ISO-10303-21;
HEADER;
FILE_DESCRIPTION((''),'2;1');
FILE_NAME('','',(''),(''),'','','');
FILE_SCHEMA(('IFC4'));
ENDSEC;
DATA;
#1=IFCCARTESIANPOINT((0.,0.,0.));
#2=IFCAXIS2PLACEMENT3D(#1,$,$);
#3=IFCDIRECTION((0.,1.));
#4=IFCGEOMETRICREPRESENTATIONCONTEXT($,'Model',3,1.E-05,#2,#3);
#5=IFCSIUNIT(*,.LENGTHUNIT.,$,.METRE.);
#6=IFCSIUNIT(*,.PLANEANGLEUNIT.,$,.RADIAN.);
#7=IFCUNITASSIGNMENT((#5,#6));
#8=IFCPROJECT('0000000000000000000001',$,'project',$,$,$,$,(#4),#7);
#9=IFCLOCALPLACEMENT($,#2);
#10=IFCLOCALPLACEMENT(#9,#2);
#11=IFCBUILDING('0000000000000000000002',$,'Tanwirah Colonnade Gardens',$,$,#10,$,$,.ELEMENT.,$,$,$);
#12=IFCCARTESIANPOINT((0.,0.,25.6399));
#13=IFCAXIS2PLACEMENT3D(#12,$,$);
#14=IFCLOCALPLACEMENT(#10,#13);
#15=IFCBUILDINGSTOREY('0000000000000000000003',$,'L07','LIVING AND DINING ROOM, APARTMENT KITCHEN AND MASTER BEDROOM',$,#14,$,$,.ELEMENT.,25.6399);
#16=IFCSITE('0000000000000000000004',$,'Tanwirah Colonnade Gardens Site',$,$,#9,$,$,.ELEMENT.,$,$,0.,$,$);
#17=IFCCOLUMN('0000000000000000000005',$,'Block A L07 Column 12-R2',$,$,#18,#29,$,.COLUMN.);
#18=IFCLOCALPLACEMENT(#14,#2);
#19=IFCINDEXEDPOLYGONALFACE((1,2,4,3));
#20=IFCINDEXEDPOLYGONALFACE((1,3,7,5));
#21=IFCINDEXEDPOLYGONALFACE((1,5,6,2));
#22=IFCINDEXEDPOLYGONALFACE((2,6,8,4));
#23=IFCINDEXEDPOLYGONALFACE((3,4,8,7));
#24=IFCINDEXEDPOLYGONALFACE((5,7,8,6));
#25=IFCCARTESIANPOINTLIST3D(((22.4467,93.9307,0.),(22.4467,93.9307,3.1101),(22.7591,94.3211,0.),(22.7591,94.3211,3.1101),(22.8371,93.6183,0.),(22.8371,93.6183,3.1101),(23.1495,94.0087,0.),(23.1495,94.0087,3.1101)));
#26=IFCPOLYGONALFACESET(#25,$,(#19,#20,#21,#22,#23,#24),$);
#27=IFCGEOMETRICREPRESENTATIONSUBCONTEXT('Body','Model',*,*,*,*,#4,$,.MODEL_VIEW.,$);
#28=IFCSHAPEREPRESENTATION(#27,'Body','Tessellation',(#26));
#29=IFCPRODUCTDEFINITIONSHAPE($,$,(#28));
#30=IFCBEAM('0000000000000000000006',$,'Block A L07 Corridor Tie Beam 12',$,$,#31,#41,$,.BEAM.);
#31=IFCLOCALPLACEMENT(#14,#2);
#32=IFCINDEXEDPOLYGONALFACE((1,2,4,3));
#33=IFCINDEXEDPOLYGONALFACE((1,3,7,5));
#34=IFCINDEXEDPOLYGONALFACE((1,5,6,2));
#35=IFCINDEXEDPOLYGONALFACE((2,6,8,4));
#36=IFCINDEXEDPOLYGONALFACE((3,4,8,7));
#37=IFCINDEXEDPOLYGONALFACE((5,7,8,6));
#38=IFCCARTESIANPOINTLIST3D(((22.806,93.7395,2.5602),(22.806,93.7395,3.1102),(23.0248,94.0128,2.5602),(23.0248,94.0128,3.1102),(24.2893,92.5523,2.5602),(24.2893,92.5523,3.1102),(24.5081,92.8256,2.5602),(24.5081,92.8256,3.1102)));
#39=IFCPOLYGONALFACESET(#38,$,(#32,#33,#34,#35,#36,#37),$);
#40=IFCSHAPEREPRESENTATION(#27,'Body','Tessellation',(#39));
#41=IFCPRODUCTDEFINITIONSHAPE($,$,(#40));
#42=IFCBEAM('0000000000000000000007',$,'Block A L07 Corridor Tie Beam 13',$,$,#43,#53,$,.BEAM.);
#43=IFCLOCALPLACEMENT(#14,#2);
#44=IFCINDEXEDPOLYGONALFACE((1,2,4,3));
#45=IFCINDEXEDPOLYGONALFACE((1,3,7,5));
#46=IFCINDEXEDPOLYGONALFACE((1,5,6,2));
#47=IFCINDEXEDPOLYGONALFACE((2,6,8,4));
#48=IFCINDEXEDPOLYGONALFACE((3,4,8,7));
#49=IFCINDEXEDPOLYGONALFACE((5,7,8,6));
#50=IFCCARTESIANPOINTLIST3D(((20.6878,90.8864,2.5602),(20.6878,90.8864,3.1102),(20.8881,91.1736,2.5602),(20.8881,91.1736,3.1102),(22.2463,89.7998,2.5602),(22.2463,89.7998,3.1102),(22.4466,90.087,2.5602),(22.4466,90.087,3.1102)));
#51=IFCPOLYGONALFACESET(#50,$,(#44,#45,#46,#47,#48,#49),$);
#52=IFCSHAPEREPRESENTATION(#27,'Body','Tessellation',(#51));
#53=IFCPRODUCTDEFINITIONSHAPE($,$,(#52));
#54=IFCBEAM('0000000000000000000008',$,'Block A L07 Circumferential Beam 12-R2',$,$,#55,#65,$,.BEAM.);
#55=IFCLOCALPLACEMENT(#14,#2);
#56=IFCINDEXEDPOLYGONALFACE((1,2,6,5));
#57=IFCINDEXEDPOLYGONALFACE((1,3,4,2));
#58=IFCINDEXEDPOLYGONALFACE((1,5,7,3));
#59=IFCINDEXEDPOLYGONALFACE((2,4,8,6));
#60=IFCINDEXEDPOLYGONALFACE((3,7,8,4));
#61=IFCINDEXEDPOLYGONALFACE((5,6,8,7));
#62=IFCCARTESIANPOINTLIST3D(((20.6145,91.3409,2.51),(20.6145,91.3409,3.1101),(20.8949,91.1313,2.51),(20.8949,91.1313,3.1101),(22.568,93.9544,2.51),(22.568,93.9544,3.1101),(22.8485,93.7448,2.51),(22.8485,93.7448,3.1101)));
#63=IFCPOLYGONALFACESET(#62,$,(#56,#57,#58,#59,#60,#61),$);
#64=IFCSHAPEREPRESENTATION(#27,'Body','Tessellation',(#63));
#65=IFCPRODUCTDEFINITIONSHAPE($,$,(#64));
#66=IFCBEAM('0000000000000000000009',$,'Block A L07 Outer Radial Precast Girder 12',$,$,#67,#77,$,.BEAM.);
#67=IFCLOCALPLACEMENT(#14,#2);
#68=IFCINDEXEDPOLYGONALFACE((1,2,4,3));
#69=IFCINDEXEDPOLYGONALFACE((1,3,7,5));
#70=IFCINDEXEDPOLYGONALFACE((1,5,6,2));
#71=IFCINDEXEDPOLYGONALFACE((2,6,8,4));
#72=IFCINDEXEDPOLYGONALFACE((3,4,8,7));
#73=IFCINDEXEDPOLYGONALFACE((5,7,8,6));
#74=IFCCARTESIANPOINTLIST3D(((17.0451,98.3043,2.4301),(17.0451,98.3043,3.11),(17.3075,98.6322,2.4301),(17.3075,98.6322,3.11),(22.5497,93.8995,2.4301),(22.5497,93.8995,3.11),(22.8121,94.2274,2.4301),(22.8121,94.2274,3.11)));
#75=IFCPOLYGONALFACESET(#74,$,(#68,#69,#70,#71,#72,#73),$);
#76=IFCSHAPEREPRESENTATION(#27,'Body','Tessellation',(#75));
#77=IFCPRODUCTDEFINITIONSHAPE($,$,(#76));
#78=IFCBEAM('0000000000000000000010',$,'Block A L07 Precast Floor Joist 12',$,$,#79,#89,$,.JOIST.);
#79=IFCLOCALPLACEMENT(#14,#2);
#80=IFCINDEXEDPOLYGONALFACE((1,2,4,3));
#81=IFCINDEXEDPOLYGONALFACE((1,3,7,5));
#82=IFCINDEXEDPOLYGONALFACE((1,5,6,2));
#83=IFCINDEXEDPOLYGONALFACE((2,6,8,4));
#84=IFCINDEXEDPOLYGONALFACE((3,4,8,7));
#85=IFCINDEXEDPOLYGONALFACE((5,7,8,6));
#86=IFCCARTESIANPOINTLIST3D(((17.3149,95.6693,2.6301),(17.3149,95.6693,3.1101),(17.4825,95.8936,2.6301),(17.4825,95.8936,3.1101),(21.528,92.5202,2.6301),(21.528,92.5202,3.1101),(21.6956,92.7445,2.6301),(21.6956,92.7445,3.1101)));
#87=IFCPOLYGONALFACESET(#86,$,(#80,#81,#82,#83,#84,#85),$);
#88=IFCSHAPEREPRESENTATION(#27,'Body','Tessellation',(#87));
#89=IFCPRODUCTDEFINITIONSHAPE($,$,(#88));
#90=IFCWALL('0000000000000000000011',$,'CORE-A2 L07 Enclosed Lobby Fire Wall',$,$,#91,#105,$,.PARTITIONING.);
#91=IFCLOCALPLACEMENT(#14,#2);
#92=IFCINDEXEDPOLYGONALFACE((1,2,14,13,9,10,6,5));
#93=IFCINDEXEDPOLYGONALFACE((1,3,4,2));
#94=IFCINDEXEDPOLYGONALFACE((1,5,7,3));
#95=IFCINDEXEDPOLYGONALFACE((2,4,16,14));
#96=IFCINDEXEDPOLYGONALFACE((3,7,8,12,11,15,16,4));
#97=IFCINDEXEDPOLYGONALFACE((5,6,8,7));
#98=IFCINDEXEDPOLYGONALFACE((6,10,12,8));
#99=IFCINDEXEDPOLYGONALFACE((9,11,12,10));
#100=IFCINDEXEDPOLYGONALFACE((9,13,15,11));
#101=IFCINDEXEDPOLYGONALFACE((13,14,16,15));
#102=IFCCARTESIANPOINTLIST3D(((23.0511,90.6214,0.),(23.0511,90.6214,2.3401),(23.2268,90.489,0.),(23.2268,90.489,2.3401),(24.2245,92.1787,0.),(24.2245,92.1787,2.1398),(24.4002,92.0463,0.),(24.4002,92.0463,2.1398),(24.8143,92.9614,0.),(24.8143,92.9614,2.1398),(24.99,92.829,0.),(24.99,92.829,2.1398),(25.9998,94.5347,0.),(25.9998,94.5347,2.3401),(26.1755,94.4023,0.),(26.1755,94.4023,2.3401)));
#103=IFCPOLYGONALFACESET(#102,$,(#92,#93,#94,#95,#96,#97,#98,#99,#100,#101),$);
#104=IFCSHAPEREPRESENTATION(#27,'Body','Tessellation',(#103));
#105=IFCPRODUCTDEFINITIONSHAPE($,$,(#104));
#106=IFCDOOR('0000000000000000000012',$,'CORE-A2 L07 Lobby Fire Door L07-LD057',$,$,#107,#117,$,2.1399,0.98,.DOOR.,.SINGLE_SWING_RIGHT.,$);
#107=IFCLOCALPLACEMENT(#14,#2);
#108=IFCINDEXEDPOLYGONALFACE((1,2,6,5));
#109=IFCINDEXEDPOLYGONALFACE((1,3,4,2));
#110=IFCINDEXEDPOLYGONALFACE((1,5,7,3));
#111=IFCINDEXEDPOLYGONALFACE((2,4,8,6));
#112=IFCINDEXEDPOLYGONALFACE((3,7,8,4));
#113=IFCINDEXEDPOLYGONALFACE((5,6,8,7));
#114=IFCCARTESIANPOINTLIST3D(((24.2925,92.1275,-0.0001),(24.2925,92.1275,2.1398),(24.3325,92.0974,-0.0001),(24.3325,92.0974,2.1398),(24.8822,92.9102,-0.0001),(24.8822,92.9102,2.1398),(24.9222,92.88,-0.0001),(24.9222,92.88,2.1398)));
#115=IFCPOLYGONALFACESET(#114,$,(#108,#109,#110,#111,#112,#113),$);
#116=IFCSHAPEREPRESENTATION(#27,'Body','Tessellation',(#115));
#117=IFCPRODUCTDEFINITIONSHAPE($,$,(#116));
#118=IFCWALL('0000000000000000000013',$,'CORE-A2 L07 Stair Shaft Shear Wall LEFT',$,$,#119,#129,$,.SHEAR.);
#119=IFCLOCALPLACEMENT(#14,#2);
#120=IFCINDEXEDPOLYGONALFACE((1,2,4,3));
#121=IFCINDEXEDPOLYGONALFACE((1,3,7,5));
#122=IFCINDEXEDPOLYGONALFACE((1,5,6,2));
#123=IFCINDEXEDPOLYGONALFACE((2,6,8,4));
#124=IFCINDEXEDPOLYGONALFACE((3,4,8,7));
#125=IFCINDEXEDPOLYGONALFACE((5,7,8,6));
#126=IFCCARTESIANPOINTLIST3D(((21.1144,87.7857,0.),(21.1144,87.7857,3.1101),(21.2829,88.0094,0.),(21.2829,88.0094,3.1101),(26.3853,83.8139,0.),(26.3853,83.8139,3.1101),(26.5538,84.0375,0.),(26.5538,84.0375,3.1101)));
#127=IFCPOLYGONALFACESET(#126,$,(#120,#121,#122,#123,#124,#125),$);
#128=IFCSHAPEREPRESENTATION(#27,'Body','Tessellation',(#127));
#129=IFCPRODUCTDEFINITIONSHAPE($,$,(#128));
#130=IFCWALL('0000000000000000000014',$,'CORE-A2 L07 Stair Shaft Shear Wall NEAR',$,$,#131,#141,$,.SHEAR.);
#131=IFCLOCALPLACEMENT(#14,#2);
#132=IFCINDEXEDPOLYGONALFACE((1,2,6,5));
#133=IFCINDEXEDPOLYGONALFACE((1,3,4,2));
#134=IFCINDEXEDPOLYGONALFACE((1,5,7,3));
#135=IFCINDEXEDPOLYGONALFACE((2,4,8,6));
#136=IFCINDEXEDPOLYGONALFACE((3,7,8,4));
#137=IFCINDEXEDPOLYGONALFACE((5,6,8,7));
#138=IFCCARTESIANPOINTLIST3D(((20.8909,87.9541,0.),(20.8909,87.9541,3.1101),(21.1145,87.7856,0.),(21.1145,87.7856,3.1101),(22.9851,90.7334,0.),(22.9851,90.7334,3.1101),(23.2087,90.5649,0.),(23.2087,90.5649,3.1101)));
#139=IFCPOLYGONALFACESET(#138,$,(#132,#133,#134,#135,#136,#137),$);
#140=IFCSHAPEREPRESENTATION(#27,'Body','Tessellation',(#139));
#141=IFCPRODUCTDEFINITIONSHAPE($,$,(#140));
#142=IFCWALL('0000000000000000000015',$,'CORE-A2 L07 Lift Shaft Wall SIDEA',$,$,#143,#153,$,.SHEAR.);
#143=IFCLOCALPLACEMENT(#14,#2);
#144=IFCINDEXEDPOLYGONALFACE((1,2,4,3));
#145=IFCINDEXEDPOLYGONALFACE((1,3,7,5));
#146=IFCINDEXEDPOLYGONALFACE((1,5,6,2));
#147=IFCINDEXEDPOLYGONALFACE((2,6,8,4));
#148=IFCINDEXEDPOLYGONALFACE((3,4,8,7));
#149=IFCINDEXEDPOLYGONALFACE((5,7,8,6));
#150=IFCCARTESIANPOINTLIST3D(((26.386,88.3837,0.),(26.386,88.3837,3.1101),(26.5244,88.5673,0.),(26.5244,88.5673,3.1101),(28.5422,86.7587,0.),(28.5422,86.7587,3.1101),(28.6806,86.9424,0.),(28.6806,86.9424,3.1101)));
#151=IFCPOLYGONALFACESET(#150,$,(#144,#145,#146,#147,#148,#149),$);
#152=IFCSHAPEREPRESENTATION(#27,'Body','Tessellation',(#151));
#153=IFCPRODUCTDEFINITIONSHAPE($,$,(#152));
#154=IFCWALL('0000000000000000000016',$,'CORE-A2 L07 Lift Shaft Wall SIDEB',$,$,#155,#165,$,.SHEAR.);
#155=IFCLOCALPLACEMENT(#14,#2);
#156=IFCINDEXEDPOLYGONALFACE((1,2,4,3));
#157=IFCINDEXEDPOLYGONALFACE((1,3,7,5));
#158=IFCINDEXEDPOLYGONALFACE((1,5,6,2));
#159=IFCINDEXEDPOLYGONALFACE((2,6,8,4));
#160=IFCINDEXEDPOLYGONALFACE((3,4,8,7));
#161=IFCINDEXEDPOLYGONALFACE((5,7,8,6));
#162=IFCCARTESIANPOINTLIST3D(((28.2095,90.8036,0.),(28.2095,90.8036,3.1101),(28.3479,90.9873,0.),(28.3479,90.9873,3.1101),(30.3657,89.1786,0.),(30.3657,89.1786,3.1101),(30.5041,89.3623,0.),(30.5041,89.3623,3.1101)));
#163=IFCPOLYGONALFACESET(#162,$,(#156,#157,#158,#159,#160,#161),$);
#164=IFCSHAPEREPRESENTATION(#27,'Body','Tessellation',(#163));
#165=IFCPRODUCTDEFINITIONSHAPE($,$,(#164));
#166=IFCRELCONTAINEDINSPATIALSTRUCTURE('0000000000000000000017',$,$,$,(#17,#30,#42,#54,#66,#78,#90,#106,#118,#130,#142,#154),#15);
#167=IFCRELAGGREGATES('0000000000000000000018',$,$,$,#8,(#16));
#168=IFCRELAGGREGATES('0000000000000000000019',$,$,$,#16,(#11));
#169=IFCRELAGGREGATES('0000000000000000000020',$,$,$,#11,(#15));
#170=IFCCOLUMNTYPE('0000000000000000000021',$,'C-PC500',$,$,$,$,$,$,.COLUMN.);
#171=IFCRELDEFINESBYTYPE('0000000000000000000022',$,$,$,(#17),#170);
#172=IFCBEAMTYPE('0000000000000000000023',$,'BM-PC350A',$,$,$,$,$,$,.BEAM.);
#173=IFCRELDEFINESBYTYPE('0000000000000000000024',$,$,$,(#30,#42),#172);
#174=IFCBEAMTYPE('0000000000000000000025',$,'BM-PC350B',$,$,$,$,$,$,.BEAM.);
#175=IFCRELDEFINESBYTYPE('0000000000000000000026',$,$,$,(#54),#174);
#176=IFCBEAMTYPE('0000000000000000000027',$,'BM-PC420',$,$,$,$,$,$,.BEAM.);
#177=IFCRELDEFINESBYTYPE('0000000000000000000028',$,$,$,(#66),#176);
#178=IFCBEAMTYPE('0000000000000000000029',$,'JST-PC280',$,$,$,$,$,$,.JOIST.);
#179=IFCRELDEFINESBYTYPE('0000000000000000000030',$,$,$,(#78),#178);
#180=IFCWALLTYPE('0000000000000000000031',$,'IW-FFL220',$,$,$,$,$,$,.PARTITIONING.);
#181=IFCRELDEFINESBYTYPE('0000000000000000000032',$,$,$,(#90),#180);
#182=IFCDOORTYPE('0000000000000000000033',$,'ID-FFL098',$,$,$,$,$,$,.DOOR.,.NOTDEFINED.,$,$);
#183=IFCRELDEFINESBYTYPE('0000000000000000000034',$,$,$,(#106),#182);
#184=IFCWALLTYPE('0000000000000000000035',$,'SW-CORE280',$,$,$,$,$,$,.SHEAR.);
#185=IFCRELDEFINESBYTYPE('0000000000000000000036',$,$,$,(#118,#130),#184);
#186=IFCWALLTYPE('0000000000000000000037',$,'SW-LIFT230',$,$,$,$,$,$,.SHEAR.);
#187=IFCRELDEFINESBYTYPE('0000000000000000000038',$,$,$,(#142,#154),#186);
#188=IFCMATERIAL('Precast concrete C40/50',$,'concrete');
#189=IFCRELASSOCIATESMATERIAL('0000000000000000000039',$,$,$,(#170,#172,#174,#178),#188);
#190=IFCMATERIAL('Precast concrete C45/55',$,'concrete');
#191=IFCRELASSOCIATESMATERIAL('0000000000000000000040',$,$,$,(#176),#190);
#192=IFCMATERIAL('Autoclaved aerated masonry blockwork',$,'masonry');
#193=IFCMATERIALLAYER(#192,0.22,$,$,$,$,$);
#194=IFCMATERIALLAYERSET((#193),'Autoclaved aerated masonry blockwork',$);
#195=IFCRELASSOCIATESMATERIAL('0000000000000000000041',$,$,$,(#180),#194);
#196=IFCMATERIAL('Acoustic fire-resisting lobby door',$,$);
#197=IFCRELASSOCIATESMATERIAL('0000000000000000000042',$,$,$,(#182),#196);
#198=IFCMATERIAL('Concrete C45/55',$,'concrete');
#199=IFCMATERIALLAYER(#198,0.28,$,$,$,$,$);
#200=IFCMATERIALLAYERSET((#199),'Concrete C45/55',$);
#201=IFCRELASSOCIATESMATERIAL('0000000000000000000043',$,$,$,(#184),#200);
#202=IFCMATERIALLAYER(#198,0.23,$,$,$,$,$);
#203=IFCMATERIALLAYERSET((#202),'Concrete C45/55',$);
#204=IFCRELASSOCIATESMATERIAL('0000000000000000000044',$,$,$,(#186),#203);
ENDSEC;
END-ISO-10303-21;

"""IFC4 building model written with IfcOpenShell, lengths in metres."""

from ifc_helpers import new_model, si_unit, direction, frame, frame_2d, origin, origin_2d, place, context, subcontext, project, spatial, rectangle, extrude, material, layer, layer_set, material_profile, profile_set, type_object, element, fill, save


model = new_model("IFC4")

# Units and contexts
model_context = context("Model", 3, precision=1e-05, world=origin(), true_north=direction((0.0, 1.0)))
body_context = subcontext(model_context, "Body", "Model", "MODEL_VIEW")
ifc_project = project(units=[si_unit("LENGTHUNIT", "METRE"), si_unit("PLANEANGLEUNIT", "RADIAN")], contexts=[model_context])

# Site, building, storey
site_placement = place(None, origin())
site = spatial("IfcSite", under=ifc_project, at=site_placement, Name="Tanwirah Colonnade Gardens Site", CompositionType="ELEMENT", RefElevation=0.0)
building_placement = place(site_placement, origin())
building = spatial("IfcBuilding", under=site, at=building_placement, Name="Tanwirah Colonnade Gardens", CompositionType="ELEMENT")
storey_placement = place(building_placement, frame((0.0, 0.0, 25.6399)))
storey = spatial("IfcBuildingStorey", under=building, at=storey_placement, Name="L07", Description="LIVING AND DINING ROOM, APARTMENT KITCHEN AND MASTER BEDROOM", CompositionType="ELEMENT", Elevation=25.6399)

# Column
ifc_material_1 = material(Name="Precast concrete C40/50", Category="concrete")
ifc_material_profile_1 = material_profile(ifc_material_1, rectangle(XDim=0.5, YDim=0.5, at=origin_2d()), Name="PC-COL 500x500")
ifc_profile_set_1 = profile_set([ifc_material_profile_1], Name="Precast concrete C40/50")
column_type = type_object("IfcColumnType", Name="C-PC500", PredefinedType="COLUMN", material=ifc_profile_set_1)
column_placement = place(storey_placement, frame((22.7981, 93.9697, 0.0), z_axis=(0.0, 0.0, 1.0), x_axis=(-0.780794, 0.624788, 0.0)))
element("IfcColumn", 1, at=column_placement, inside=storey, type_object=column_type, Name="Block A L07 Column 12-R2", PredefinedType="COLUMN", context=body_context, shape_type="SweptSolid", body=[
    extrude(rectangle(XDim=0.5, YDim=0.5, at=origin_2d()), origin(), (0.0, 0.0, 1.0), 3.1101),
])

# Beams
ifc_material_profile_2 = material_profile(ifc_material_1, rectangle(XDim=0.3501, YDim=0.55, at=origin_2d()), Name="PC-BM 350x550")
ifc_profile_set_2 = profile_set([ifc_material_profile_2], Name="Precast concrete C40/50")
beam_type_1 = type_object("IfcBeamType", Name="BM-PC350A", PredefinedType="BEAM", material=ifc_profile_set_2)
for number, where, z_axis, x_axis, name in (
    (2, (24.3987, 92.689, 2.8352), (-0.780731, 0.624867, 0.0), (-0.624867, -0.780731, 0.0), "Block A L07 Corridor Tie Beam 12"),
    (3, (22.3464, 89.9434, 2.8352), (-0.820305, 0.571926, 0.0), (-0.571926, -0.820305, 0.0), "Block A L07 Corridor Tie Beam 13"),
):
    element("IfcBeam", number, at=place(storey_placement, frame(where, z_axis=z_axis, x_axis=x_axis)), inside=storey, type_object=beam_type_1, Name=name, PredefinedType="BEAM", context=body_context, shape_type="SweptSolid", body=[
        extrude(rectangle(XDim=0.3501, YDim=0.55, at=origin_2d()), origin(), (0.0, 0.0, 1.0), 1.8999),
    ])
ifc_material_profile_3 = material_profile(ifc_material_1, rectangle(XDim=0.3501, YDim=0.6001, at=origin_2d()), Name="PC-BM 350x600")
ifc_profile_set_3 = profile_set([ifc_material_profile_3], Name="Precast concrete C40/50")
beam_type_2 = type_object("IfcBeamType", Name="BM-PC350B", PredefinedType="BEAM", material=ifc_profile_set_3)
beam_1_placement = place(storey_placement, frame((22.7083, 93.8496, 2.8101), z_axis=(-0.598718, -0.80096, 0.0), x_axis=(0.80096, -0.598718, 0.0)))
element("IfcBeam", 4, at=beam_1_placement, inside=storey, type_object=beam_type_2, Name="Block A L07 Circumferential Beam 12-R2", PredefinedType="BEAM", context=body_context, shape_type="SweptSolid", body=[
    extrude(rectangle(XDim=0.3501, YDim=0.6001, at=origin_2d()), origin(), (0.0, 0.0, 1.0), 3.2629),
])
ifc_material_2 = material(Name="Precast concrete C45/55", Category="concrete")
ifc_material_profile_4 = material_profile(ifc_material_2, rectangle(XDim=0.4199, YDim=0.6799, at=origin_2d()), Name="PC-BM 420x680")
ifc_profile_set_4 = profile_set([ifc_material_profile_4], Name="Precast concrete C45/55")
beam_type_3 = type_object("IfcBeamType", Name="BM-PC420", PredefinedType="BEAM", material=ifc_profile_set_4)
beam_2_placement = place(storey_placement, frame((22.6809, 94.0635, 2.77), z_axis=(-0.780794, 0.624788, 0.0), x_axis=(-0.624788, -0.780794, 0.0)))
element("IfcBeam", 5, at=beam_2_placement, inside=storey, type_object=beam_type_3, Name="Block A L07 Outer Radial Precast Girder 12", PredefinedType="BEAM", context=body_context, shape_type="SweptSolid", body=[
    extrude(rectangle(XDim=0.4199, YDim=0.6799, at=origin_2d()), origin(), (0.0, 0.0, 1.0), 7.05),
])
ifc_material_profile_5 = material_profile(ifc_material_1, rectangle(XDim=0.28, YDim=0.48, at=origin_2d()), Name="PC-JST 280x480")
ifc_profile_set_5 = profile_set([ifc_material_profile_5], Name="Precast concrete C40/50")
beam_type_4 = type_object("IfcBeamType", Name="JST-PC280", PredefinedType="JOIST", material=ifc_profile_set_5)
beam_3_placement = place(storey_placement, frame((21.6118, 92.6323, 2.8701), z_axis=(-0.800974, 0.5987, 0.0), x_axis=(-0.5987, -0.800974, 0.0)))
element("IfcBeam", 6, at=beam_3_placement, inside=storey, type_object=beam_type_4, Name="Block A L07 Precast Floor Joist 12", PredefinedType="JOIST", context=body_context, shape_type="SweptSolid", body=[
    extrude(rectangle(XDim=0.28, YDim=0.48, at=origin_2d()), origin(), (0.0, 0.0, 1.0), 5.26),
])

# Wall, opening, door
ifc_material_3 = material(Name="Autoclaved aerated masonry blockwork", Category="masonry")
ifc_layer_1 = layer(ifc_material_3, 0.22)
ifc_layer_set_1 = layer_set([ifc_layer_1], Name="Autoclaved aerated masonry blockwork")
wall_type_1 = type_object("IfcWallType", Name="IW-FFL220", PredefinedType="PARTITIONING", material=ifc_layer_set_1)
wall_1_placement = place(storey_placement, frame((23.1389, 90.5552, 0.0), z_axis=(0.0, 0.0, 1.0), x_axis=(0.601792, 0.798653, 0.0)))
wall_1 = element("IfcWall", 7, at=wall_1_placement, inside=storey, type_object=wall_type_1, Name="CORE-A2 L07 Enclosed Lobby Fire Wall", PredefinedType="PARTITIONING", context=body_context, shape_type="SweptSolid", body=[
    extrude(rectangle(XDim=4.8999, YDim=0.22, at=frame_2d((2.45, 0.0))), origin(), (0.0, 0.0, 1.0), 2.3401),
])
opening_1_placement = place(wall_1_placement, frame((1.95, 0.0, 0.0)))
opening_1 = element("IfcOpeningElement", 8, at=opening_1_placement, cuts=wall_1, PredefinedType="OPENING", context=body_context, shape_type="SweptSolid", body=[
    extrude(rectangle(XDim=0.98, YDim=2.1399, at=frame_2d((0.49, 1.0698))), frame((0.0, 0.1199, 0.0), z_axis=(0.0, -1.0, 0.0), x_axis=(1.0, 0.0, 0.0)), (0.0, 0.0, 1.0), 0.24),
])
ifc_material_4 = material(Name="Acoustic fire-resisting lobby door")
door_type_1 = type_object("IfcDoorType", Name="ID-FFL098", OperationType="NOTDEFINED", PredefinedType="DOOR", material=ifc_material_4)
door_1_placement = place(opening_1_placement, origin())
door_1 = element("IfcDoor", 9, at=door_1_placement, inside=storey, type_object=door_type_1, Name="CORE-A2 L07 Lobby Fire Door L07-LD057", OperationType="SINGLE_SWING_RIGHT", OverallHeight=2.1399, OverallWidth=0.98, PredefinedType="DOOR", context=body_context, shape_type="SweptSolid", body=[
    extrude(rectangle(XDim=0.98, YDim=2.1399, at=frame_2d((0.49, 1.0698))), frame((0.0, 0.0249, 0.0), z_axis=(0.0, -1.0, 0.0), x_axis=(1.0, 0.0, 0.0)), (0.0, 0.0, 1.0), 0.05),
])
fill(opening_1, door_1)

# Walls
ifc_material_5 = material(Name="Concrete C45/55", Category="concrete")
ifc_layer_2 = layer(ifc_material_5, 0.28)
ifc_layer_set_2 = layer_set([ifc_layer_2], Name="Concrete C45/55")
wall_type_2 = type_object("IfcWallType", Name="SW-CORE280", PredefinedType="SHEAR", material=ifc_layer_set_2)
wall_2_placement = place(storey_placement, frame((21.1987, 87.8975, 0.0), z_axis=(0.0, 0.0, 1.0), x_axis=(0.79864, -0.60181, 0.0)))
element("IfcWall", 10, at=wall_2_placement, inside=storey, type_object=wall_type_2, Name="CORE-A2 L07 Stair Shaft Shear Wall LEFT", PredefinedType="SHEAR", context=body_context, shape_type="SweptSolid", body=[
    extrude(rectangle(XDim=6.5999, YDim=0.28, at=frame_2d((3.2998, 0.0))), origin(), (0.0, 0.0, 1.0), 3.1101),
])
wall_3_placement = place(storey_placement, frame((21.0027, 87.8699, 0.0), z_axis=(0.0, 0.0, 1.0), x_axis=(0.601794, 0.798651, 0.0)))
element("IfcWall", 11, at=wall_3_placement, inside=storey, type_object=wall_type_2, Name="CORE-A2 L07 Stair Shaft Shear Wall NEAR", PredefinedType="SHEAR", context=body_context, shape_type="SweptSolid", body=[
    extrude(rectangle(XDim=3.48, YDim=0.28, at=frame_2d((1.74, 0.0))), origin(), (0.0, 0.0, 1.0), 3.1101),
])

# Shared definitions
ifc_layer_3 = layer(ifc_material_5, 0.23)
ifc_layer_set_3 = layer_set([ifc_layer_3], Name="Concrete C45/55")
wall_type_3 = type_object("IfcWallType", Name="SW-LIFT230", PredefinedType="SHEAR", material=ifc_layer_set_3)

# Walls
for number, where, z_axis, x_axis, name in (
    (12, (26.4551, 88.4756, 0.0), (0.0, 0.0, 1.0), (0.798609, -0.60185, 0.0), "CORE-A2 L07 Lift Shaft Wall SIDEA"),
    (13, (28.2786, 90.8955, 0.0), (0.0, 0.0, 1.0), (0.798609, -0.60185, 0.0), "CORE-A2 L07 Lift Shaft Wall SIDEB"),
):
    element("IfcWall", number, at=place(storey_placement, frame(where, z_axis=z_axis, x_axis=x_axis)), inside=storey, type_object=wall_type_3, Name=name, PredefinedType="SHEAR", context=body_context, shape_type="SweptSolid", body=[
        extrude(rectangle(XDim=2.7, YDim=0.23, at=frame_2d((1.3501, 0.0))), origin(), (0.0, 0.0, 1.0), 3.1101),
    ])

save(model, "model.ifc")
